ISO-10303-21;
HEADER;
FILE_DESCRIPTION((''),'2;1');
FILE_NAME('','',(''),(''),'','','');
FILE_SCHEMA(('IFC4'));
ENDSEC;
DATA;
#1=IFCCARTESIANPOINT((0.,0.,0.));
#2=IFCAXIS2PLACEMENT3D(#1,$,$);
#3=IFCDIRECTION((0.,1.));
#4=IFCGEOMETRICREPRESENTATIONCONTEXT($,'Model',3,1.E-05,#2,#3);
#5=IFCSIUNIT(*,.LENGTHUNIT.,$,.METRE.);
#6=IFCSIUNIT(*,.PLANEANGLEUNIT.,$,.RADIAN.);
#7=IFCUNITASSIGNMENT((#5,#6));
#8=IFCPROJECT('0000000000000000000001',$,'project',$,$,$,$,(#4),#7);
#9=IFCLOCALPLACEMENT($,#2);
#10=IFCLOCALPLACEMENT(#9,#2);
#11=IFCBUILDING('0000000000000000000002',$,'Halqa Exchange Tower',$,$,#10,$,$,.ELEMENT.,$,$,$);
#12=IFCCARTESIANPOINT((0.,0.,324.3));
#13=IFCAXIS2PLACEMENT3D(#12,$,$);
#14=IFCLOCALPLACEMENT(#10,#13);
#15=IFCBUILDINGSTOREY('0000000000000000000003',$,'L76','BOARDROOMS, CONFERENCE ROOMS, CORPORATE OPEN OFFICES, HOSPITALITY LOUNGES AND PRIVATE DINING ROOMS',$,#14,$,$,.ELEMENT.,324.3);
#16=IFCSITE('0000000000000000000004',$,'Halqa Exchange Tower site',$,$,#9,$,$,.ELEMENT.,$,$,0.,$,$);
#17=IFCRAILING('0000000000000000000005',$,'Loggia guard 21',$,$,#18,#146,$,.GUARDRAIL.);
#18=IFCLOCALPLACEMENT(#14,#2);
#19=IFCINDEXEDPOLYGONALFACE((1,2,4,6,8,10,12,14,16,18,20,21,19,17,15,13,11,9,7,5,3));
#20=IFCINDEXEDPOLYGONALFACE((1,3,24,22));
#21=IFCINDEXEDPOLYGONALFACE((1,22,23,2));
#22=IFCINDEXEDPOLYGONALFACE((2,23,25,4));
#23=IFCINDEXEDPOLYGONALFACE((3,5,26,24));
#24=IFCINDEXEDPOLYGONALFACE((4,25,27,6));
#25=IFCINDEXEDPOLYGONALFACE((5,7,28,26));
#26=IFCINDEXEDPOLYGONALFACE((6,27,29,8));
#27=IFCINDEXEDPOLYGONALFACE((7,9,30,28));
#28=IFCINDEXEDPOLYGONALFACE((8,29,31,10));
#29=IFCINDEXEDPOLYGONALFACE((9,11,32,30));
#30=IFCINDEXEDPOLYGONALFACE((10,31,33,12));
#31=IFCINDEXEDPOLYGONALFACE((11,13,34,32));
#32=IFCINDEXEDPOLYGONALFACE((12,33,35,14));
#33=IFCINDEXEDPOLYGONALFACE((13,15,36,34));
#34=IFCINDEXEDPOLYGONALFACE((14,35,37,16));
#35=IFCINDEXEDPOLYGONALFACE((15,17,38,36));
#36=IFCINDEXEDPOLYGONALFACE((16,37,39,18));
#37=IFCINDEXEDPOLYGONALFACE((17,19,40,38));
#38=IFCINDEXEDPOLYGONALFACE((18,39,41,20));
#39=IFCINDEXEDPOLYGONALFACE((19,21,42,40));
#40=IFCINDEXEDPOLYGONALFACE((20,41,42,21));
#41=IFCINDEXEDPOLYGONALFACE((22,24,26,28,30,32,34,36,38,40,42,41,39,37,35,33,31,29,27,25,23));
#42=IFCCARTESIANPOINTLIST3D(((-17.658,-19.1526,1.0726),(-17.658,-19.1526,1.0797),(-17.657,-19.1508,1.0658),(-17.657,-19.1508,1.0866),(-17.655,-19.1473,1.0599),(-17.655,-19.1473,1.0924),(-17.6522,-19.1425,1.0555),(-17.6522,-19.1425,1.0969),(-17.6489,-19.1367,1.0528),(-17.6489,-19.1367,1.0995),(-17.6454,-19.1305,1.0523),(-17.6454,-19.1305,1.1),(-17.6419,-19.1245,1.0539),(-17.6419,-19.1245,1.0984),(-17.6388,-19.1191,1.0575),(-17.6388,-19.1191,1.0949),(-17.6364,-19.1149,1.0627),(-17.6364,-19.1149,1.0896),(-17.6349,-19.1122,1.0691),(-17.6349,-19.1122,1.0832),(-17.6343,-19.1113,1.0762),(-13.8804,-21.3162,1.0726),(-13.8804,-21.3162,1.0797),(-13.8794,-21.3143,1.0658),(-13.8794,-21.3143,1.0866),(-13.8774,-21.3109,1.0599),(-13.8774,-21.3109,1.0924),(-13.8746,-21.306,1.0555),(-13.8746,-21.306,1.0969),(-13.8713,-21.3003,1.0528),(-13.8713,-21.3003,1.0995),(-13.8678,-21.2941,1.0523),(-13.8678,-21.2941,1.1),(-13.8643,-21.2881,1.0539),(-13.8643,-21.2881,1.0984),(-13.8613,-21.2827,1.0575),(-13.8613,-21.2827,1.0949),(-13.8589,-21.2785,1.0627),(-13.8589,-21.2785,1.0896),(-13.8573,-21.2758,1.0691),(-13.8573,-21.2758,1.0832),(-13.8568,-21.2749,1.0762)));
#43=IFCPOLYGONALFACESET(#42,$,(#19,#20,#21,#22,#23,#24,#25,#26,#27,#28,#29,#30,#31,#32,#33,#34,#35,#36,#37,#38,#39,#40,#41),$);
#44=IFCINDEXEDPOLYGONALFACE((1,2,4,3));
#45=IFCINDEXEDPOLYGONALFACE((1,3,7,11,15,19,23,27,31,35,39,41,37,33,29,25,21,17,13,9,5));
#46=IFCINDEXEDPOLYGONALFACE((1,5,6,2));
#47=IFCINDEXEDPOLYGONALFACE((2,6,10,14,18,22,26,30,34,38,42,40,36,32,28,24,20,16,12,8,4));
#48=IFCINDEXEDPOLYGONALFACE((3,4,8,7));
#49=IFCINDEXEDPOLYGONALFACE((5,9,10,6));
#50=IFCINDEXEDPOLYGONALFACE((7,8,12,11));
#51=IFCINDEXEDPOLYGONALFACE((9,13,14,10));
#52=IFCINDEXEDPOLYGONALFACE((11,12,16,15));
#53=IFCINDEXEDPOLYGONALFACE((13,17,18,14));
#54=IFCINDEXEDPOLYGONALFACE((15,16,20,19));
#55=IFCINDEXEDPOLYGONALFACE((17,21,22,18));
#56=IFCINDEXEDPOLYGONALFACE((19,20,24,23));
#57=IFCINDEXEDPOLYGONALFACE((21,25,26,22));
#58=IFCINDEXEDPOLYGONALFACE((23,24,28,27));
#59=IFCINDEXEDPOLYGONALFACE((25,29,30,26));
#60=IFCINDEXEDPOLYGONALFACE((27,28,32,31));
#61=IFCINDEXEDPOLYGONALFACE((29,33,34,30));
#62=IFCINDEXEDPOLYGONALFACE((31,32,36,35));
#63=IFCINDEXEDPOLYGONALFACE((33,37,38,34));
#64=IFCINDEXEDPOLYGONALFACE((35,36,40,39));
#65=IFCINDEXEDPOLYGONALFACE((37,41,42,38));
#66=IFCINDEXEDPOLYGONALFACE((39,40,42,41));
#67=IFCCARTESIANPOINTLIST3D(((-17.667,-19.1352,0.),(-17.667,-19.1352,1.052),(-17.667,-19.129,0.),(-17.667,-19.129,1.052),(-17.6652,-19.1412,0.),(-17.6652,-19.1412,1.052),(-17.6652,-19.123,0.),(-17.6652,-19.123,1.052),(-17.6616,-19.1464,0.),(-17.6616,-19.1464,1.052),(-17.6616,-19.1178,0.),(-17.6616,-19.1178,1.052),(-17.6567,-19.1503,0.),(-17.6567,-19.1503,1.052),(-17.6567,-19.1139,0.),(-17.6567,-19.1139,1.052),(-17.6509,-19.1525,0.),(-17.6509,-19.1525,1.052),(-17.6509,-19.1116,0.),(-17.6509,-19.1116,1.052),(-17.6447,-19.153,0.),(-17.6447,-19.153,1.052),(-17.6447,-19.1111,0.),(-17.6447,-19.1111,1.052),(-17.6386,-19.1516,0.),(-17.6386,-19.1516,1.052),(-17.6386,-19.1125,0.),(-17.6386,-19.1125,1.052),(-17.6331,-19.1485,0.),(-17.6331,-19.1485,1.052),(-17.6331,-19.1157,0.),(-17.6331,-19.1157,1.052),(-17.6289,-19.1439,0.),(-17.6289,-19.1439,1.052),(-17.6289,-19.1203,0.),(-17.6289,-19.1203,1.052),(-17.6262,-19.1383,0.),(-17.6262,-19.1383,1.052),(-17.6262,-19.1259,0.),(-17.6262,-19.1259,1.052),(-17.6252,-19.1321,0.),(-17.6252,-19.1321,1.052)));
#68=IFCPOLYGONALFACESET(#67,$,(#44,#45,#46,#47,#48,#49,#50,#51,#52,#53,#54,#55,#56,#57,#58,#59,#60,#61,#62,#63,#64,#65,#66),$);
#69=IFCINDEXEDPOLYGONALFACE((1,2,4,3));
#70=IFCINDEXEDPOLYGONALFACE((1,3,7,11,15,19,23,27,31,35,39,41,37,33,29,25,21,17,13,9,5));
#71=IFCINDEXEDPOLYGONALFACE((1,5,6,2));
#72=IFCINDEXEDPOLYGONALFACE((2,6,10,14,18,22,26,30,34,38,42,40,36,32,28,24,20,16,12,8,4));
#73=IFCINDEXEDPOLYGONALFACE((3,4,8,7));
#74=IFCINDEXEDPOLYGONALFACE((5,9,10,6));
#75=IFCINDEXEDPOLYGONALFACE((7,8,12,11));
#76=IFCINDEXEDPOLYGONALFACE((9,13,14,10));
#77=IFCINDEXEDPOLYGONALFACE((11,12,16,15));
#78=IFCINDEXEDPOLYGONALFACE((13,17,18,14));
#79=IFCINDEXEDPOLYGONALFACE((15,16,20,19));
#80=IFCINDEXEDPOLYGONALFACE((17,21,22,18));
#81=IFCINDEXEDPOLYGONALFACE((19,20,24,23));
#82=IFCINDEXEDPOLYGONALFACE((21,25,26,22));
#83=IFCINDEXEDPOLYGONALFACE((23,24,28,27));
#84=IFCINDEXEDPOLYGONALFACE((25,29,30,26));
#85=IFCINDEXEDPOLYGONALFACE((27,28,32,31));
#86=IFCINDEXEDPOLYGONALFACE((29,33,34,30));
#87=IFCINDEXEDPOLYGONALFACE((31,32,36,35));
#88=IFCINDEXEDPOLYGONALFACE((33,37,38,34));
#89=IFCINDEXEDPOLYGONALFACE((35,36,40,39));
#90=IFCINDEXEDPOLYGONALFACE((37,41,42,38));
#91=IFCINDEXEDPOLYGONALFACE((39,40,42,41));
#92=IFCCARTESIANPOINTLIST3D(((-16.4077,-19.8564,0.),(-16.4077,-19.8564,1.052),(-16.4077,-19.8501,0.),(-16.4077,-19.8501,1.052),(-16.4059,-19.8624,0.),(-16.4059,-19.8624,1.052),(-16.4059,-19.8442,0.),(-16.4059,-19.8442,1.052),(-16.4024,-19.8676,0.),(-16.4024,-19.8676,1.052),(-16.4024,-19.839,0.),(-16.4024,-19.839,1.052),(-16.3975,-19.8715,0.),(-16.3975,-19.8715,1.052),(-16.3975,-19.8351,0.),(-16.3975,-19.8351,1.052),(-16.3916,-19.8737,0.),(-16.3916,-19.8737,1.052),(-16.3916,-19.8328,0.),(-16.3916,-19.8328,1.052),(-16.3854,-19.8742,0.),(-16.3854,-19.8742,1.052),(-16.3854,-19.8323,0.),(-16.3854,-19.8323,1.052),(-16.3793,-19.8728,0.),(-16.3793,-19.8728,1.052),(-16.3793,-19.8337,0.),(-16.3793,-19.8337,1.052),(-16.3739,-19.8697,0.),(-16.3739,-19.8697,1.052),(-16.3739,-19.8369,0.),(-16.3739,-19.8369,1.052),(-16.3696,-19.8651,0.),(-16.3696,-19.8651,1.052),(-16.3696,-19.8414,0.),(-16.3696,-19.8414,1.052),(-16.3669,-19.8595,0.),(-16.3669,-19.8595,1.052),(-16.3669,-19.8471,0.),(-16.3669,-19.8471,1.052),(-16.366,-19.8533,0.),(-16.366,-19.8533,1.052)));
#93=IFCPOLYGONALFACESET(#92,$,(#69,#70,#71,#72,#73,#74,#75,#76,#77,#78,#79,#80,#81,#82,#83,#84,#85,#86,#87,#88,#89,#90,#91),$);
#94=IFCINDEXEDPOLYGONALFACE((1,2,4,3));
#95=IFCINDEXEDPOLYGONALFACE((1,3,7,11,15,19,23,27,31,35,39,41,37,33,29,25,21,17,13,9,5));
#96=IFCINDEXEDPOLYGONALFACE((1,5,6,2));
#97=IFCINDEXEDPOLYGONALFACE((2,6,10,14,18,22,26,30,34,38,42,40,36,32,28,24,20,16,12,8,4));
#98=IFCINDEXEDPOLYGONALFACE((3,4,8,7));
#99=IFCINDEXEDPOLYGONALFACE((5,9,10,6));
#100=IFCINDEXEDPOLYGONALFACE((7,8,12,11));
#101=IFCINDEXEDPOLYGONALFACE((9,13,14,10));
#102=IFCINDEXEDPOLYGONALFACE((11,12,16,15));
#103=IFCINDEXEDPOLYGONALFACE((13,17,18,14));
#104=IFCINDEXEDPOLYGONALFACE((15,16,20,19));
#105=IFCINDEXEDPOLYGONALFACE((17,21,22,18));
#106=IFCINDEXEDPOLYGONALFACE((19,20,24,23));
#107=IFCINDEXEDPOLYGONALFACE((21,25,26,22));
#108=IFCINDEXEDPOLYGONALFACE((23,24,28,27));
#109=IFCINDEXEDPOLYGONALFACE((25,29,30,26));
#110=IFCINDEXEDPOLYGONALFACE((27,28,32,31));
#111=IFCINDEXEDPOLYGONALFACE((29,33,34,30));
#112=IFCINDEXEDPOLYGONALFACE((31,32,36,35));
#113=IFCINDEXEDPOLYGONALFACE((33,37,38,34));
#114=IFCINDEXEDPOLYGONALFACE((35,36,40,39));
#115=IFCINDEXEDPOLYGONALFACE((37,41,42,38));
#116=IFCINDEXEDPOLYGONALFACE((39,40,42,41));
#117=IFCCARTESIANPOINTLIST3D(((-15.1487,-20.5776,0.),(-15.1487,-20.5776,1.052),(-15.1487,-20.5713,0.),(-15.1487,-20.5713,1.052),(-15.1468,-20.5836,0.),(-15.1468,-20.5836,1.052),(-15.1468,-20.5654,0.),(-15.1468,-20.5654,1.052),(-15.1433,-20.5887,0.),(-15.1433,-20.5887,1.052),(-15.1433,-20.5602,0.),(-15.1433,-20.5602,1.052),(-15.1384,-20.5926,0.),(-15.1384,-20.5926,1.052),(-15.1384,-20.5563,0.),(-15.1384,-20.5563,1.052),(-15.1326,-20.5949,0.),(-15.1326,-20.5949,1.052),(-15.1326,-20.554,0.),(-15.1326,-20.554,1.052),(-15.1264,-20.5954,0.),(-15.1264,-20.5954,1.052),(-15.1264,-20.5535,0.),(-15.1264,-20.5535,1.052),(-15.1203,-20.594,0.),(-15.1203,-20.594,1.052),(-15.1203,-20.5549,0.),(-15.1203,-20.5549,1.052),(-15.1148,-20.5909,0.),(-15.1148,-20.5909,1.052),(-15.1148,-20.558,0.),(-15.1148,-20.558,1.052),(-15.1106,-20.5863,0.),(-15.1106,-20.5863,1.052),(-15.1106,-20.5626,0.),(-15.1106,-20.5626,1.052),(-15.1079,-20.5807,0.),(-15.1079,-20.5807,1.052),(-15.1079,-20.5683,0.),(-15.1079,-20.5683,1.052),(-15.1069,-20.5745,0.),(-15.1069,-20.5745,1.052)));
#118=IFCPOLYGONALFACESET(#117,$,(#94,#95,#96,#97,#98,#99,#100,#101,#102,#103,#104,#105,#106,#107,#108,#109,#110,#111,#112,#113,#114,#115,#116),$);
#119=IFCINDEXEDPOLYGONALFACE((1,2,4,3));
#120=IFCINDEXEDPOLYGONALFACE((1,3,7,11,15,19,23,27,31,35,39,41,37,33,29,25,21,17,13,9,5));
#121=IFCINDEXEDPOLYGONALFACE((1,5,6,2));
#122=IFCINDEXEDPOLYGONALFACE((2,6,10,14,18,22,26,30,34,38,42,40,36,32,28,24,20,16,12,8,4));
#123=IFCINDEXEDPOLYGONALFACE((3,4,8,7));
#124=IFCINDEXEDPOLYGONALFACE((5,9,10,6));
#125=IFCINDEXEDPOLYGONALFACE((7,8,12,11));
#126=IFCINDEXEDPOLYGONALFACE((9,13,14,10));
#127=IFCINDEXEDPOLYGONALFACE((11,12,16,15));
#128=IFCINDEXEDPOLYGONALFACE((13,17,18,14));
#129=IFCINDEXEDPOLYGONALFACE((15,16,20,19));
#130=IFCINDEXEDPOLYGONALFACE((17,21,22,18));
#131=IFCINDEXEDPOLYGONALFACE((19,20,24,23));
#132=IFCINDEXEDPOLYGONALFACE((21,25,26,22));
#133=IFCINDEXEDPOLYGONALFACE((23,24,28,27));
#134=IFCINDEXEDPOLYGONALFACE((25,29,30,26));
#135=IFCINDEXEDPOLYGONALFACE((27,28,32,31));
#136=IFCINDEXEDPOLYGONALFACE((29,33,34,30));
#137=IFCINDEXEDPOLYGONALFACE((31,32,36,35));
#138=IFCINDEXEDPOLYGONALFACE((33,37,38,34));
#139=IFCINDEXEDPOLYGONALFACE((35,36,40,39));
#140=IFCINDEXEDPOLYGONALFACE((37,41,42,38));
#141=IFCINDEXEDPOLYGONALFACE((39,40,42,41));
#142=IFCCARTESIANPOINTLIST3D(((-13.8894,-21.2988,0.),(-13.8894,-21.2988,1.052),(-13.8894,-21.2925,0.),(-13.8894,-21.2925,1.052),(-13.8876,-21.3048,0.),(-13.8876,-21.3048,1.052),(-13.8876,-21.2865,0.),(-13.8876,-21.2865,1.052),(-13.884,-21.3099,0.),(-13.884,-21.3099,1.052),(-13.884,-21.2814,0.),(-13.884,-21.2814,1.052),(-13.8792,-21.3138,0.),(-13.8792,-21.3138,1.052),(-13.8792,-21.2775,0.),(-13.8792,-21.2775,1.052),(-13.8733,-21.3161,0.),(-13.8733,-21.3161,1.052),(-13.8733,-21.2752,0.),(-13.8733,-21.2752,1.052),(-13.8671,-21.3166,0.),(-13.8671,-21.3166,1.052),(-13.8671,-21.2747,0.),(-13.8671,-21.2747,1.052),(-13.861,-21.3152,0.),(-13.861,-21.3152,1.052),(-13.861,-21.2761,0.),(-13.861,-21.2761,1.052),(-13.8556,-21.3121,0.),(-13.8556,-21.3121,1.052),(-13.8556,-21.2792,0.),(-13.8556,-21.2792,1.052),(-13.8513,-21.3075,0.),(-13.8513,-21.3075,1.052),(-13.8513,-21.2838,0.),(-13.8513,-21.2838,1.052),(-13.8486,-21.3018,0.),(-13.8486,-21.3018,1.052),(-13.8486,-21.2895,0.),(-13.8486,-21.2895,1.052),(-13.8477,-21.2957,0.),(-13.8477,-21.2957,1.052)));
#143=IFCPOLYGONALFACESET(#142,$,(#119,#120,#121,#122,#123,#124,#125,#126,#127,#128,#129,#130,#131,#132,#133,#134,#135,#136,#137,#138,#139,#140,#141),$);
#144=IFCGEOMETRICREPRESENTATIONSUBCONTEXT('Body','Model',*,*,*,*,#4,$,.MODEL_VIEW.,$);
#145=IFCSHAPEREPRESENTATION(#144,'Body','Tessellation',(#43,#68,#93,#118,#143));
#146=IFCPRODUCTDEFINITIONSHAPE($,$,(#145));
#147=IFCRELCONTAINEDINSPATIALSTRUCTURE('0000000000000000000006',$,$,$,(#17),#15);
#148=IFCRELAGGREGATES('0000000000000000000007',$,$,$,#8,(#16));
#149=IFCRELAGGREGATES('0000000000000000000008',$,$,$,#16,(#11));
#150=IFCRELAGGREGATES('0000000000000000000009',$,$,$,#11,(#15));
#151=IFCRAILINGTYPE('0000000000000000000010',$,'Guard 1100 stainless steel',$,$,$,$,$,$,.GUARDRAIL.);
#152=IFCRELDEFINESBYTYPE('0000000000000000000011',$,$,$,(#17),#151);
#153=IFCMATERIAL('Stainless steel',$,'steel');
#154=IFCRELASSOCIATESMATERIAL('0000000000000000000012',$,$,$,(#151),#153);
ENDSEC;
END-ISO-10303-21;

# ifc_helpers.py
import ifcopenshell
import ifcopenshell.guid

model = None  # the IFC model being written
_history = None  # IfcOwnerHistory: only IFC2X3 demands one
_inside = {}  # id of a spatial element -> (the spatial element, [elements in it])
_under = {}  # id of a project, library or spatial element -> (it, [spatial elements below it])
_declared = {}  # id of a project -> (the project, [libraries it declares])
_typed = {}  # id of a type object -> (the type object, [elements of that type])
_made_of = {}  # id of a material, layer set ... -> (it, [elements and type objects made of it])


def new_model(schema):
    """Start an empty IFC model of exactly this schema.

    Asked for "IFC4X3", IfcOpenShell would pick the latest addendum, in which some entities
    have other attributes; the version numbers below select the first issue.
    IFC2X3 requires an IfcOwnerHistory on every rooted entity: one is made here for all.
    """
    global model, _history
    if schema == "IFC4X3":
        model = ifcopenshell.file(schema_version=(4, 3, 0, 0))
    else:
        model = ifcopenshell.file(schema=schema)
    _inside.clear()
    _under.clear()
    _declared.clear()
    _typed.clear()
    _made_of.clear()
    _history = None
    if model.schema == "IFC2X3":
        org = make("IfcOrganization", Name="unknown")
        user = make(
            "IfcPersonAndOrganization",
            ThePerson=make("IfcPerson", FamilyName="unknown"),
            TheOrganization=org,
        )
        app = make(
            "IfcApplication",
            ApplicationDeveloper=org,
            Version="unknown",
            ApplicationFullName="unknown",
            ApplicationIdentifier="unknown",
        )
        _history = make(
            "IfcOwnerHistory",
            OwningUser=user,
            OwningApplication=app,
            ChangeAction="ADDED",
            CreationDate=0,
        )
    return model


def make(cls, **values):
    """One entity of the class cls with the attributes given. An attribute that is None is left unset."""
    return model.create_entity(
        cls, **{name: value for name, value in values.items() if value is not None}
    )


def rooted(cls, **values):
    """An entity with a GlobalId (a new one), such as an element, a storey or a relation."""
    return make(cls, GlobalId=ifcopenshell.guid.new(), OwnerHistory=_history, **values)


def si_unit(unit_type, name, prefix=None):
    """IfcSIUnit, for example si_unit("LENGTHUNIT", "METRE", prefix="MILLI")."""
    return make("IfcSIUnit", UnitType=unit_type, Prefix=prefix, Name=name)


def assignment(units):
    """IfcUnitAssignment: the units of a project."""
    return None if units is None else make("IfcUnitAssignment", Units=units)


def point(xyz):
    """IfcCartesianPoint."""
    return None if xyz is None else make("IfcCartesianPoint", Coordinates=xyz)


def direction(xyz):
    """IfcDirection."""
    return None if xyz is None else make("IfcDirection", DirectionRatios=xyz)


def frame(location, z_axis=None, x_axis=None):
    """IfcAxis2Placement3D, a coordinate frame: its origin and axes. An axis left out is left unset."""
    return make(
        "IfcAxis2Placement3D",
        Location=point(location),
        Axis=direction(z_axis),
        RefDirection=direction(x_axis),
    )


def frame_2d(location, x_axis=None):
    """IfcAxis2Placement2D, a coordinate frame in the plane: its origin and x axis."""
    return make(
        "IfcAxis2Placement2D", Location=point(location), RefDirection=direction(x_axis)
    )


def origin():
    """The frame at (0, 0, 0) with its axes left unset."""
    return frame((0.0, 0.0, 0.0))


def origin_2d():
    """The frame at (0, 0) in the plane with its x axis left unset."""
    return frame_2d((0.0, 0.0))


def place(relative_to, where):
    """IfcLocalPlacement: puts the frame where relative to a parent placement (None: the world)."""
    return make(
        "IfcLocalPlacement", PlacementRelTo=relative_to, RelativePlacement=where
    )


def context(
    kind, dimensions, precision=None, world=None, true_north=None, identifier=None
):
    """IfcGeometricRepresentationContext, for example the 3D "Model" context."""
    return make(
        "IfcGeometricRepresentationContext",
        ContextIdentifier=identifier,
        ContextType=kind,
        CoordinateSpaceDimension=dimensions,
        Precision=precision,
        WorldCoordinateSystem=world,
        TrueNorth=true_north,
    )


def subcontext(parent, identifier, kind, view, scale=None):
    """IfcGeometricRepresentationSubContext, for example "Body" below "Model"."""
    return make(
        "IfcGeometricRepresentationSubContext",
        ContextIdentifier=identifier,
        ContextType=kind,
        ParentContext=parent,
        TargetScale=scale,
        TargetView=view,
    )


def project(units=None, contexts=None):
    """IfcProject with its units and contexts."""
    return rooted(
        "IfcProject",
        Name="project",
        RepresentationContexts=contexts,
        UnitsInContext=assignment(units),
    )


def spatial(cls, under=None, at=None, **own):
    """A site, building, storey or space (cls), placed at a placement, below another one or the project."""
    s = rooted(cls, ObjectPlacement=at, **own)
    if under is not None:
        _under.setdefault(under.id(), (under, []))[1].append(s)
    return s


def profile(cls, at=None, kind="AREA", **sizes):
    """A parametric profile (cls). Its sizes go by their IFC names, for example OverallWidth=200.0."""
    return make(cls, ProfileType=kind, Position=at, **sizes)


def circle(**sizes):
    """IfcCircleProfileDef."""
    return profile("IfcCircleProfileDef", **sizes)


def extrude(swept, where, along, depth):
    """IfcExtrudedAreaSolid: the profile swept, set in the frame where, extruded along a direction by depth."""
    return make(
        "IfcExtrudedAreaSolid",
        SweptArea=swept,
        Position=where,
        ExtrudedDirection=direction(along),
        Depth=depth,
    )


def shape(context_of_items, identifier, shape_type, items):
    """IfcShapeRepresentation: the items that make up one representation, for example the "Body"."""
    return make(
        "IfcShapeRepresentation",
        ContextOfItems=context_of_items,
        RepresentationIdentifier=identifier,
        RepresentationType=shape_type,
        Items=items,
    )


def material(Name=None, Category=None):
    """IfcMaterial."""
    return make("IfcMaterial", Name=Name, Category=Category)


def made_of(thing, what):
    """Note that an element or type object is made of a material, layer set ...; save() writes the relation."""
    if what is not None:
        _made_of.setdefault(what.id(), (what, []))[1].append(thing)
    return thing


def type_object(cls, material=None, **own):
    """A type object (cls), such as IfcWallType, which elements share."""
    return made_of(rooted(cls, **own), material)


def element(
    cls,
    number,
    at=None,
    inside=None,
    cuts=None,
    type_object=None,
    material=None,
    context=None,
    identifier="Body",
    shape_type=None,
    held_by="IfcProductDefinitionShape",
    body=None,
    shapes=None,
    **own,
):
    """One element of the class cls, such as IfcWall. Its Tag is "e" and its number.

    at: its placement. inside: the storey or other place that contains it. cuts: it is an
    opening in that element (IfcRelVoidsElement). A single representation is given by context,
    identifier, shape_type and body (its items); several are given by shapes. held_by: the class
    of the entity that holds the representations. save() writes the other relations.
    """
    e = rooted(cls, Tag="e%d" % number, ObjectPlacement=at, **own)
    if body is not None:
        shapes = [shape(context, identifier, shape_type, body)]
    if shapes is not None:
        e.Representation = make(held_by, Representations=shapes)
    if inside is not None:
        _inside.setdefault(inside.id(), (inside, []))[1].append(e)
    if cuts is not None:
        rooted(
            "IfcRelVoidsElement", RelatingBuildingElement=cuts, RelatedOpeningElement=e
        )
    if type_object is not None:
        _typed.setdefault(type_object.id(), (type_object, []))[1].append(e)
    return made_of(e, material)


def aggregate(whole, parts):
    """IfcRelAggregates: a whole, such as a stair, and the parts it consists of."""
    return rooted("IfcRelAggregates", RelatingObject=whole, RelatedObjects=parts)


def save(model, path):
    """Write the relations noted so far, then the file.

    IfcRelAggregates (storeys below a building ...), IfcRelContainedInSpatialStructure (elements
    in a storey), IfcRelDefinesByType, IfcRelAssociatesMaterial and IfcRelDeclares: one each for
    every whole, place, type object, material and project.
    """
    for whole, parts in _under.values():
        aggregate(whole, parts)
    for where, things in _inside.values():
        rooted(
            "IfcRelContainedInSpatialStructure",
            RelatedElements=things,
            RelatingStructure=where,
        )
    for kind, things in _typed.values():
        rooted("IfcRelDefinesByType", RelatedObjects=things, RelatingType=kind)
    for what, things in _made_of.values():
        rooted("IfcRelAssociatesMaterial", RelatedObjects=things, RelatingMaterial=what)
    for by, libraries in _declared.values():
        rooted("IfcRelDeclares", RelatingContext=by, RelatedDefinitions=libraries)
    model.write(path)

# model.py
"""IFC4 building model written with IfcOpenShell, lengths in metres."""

from ifc_helpers import new_model, si_unit, direction, frame, origin, origin_2d, place, context, subcontext, project, spatial, circle, extrude, material, type_object, element, save


model = new_model("IFC4")

# Units and contexts
model_context = context("Model", 3, precision=1e-05, world=origin(), true_north=direction((0.0, 1.0)))
body_context = subcontext(model_context, "Body", "Model", "MODEL_VIEW")
ifc_project = project(units=[si_unit("LENGTHUNIT", "METRE"), si_unit("PLANEANGLEUNIT", "RADIAN")], contexts=[model_context])

# Site, building, storey
site_placement = place(None, origin())
site = spatial("IfcSite", under=ifc_project, at=site_placement, Name="Halqa Exchange Tower site", CompositionType="ELEMENT", RefElevation=0.0)
building_placement = place(site_placement, origin())
building = spatial("IfcBuilding", under=site, at=building_placement, Name="Halqa Exchange Tower", CompositionType="ELEMENT")
storey_placement = place(building_placement, frame((0.0, 0.0, 324.3)))
storey = spatial("IfcBuildingStorey", under=building, at=storey_placement, Name="L76", Description="BOARDROOMS, CONFERENCE ROOMS, CORPORATE OPEN OFFICES, HOSPITALITY LOUNGES AND PRIVATE DINING ROOMS", CompositionType="ELEMENT", Elevation=324.3)

# Railing
ifc_material_1 = material(Name="Stainless steel", Category="steel")
railing_type = type_object("IfcRailingType", Name="Guard 1100 stainless steel", PredefinedType="GUARDRAIL", material=ifc_material_1)
railing_1_placement = place(storey_placement, frame((-17.6462, -19.1321, 0.0)))
element("IfcRailing", 1, at=railing_1_placement, inside=storey, type_object=railing_type, Name="Loggia guard 21", PredefinedType="GUARDRAIL", context=body_context, shape_type="SweptSolid", body=[
    extrude(circle(Radius=0.0239, at=origin_2d()), frame((0.0, 0.0, 1.0762), z_axis=(0.867753, -0.496996, 0.0), x_axis=(0.496996, 0.867753, 0.0)), (0.0, 0.0, 1.0), 4.3533),
    extrude(circle(Radius=0.021, at=origin_2d()), origin(), (0.0, 0.0, 1.0), 1.052),
    extrude(circle(Radius=0.021, at=origin_2d()), frame((1.2593, -0.7212, 0.0)), (0.0, 0.0, 1.0), 1.052),
    extrude(circle(Radius=0.021, at=origin_2d()), frame((2.5183, -1.4424, 0.0)), (0.0, 0.0, 1.0), 1.052),
    extrude(circle(Radius=0.021, at=origin_2d()), frame((3.7776, -2.1636, 0.0)), (0.0, 0.0, 1.0), 1.052),
])

save(model, "model.ifc")
